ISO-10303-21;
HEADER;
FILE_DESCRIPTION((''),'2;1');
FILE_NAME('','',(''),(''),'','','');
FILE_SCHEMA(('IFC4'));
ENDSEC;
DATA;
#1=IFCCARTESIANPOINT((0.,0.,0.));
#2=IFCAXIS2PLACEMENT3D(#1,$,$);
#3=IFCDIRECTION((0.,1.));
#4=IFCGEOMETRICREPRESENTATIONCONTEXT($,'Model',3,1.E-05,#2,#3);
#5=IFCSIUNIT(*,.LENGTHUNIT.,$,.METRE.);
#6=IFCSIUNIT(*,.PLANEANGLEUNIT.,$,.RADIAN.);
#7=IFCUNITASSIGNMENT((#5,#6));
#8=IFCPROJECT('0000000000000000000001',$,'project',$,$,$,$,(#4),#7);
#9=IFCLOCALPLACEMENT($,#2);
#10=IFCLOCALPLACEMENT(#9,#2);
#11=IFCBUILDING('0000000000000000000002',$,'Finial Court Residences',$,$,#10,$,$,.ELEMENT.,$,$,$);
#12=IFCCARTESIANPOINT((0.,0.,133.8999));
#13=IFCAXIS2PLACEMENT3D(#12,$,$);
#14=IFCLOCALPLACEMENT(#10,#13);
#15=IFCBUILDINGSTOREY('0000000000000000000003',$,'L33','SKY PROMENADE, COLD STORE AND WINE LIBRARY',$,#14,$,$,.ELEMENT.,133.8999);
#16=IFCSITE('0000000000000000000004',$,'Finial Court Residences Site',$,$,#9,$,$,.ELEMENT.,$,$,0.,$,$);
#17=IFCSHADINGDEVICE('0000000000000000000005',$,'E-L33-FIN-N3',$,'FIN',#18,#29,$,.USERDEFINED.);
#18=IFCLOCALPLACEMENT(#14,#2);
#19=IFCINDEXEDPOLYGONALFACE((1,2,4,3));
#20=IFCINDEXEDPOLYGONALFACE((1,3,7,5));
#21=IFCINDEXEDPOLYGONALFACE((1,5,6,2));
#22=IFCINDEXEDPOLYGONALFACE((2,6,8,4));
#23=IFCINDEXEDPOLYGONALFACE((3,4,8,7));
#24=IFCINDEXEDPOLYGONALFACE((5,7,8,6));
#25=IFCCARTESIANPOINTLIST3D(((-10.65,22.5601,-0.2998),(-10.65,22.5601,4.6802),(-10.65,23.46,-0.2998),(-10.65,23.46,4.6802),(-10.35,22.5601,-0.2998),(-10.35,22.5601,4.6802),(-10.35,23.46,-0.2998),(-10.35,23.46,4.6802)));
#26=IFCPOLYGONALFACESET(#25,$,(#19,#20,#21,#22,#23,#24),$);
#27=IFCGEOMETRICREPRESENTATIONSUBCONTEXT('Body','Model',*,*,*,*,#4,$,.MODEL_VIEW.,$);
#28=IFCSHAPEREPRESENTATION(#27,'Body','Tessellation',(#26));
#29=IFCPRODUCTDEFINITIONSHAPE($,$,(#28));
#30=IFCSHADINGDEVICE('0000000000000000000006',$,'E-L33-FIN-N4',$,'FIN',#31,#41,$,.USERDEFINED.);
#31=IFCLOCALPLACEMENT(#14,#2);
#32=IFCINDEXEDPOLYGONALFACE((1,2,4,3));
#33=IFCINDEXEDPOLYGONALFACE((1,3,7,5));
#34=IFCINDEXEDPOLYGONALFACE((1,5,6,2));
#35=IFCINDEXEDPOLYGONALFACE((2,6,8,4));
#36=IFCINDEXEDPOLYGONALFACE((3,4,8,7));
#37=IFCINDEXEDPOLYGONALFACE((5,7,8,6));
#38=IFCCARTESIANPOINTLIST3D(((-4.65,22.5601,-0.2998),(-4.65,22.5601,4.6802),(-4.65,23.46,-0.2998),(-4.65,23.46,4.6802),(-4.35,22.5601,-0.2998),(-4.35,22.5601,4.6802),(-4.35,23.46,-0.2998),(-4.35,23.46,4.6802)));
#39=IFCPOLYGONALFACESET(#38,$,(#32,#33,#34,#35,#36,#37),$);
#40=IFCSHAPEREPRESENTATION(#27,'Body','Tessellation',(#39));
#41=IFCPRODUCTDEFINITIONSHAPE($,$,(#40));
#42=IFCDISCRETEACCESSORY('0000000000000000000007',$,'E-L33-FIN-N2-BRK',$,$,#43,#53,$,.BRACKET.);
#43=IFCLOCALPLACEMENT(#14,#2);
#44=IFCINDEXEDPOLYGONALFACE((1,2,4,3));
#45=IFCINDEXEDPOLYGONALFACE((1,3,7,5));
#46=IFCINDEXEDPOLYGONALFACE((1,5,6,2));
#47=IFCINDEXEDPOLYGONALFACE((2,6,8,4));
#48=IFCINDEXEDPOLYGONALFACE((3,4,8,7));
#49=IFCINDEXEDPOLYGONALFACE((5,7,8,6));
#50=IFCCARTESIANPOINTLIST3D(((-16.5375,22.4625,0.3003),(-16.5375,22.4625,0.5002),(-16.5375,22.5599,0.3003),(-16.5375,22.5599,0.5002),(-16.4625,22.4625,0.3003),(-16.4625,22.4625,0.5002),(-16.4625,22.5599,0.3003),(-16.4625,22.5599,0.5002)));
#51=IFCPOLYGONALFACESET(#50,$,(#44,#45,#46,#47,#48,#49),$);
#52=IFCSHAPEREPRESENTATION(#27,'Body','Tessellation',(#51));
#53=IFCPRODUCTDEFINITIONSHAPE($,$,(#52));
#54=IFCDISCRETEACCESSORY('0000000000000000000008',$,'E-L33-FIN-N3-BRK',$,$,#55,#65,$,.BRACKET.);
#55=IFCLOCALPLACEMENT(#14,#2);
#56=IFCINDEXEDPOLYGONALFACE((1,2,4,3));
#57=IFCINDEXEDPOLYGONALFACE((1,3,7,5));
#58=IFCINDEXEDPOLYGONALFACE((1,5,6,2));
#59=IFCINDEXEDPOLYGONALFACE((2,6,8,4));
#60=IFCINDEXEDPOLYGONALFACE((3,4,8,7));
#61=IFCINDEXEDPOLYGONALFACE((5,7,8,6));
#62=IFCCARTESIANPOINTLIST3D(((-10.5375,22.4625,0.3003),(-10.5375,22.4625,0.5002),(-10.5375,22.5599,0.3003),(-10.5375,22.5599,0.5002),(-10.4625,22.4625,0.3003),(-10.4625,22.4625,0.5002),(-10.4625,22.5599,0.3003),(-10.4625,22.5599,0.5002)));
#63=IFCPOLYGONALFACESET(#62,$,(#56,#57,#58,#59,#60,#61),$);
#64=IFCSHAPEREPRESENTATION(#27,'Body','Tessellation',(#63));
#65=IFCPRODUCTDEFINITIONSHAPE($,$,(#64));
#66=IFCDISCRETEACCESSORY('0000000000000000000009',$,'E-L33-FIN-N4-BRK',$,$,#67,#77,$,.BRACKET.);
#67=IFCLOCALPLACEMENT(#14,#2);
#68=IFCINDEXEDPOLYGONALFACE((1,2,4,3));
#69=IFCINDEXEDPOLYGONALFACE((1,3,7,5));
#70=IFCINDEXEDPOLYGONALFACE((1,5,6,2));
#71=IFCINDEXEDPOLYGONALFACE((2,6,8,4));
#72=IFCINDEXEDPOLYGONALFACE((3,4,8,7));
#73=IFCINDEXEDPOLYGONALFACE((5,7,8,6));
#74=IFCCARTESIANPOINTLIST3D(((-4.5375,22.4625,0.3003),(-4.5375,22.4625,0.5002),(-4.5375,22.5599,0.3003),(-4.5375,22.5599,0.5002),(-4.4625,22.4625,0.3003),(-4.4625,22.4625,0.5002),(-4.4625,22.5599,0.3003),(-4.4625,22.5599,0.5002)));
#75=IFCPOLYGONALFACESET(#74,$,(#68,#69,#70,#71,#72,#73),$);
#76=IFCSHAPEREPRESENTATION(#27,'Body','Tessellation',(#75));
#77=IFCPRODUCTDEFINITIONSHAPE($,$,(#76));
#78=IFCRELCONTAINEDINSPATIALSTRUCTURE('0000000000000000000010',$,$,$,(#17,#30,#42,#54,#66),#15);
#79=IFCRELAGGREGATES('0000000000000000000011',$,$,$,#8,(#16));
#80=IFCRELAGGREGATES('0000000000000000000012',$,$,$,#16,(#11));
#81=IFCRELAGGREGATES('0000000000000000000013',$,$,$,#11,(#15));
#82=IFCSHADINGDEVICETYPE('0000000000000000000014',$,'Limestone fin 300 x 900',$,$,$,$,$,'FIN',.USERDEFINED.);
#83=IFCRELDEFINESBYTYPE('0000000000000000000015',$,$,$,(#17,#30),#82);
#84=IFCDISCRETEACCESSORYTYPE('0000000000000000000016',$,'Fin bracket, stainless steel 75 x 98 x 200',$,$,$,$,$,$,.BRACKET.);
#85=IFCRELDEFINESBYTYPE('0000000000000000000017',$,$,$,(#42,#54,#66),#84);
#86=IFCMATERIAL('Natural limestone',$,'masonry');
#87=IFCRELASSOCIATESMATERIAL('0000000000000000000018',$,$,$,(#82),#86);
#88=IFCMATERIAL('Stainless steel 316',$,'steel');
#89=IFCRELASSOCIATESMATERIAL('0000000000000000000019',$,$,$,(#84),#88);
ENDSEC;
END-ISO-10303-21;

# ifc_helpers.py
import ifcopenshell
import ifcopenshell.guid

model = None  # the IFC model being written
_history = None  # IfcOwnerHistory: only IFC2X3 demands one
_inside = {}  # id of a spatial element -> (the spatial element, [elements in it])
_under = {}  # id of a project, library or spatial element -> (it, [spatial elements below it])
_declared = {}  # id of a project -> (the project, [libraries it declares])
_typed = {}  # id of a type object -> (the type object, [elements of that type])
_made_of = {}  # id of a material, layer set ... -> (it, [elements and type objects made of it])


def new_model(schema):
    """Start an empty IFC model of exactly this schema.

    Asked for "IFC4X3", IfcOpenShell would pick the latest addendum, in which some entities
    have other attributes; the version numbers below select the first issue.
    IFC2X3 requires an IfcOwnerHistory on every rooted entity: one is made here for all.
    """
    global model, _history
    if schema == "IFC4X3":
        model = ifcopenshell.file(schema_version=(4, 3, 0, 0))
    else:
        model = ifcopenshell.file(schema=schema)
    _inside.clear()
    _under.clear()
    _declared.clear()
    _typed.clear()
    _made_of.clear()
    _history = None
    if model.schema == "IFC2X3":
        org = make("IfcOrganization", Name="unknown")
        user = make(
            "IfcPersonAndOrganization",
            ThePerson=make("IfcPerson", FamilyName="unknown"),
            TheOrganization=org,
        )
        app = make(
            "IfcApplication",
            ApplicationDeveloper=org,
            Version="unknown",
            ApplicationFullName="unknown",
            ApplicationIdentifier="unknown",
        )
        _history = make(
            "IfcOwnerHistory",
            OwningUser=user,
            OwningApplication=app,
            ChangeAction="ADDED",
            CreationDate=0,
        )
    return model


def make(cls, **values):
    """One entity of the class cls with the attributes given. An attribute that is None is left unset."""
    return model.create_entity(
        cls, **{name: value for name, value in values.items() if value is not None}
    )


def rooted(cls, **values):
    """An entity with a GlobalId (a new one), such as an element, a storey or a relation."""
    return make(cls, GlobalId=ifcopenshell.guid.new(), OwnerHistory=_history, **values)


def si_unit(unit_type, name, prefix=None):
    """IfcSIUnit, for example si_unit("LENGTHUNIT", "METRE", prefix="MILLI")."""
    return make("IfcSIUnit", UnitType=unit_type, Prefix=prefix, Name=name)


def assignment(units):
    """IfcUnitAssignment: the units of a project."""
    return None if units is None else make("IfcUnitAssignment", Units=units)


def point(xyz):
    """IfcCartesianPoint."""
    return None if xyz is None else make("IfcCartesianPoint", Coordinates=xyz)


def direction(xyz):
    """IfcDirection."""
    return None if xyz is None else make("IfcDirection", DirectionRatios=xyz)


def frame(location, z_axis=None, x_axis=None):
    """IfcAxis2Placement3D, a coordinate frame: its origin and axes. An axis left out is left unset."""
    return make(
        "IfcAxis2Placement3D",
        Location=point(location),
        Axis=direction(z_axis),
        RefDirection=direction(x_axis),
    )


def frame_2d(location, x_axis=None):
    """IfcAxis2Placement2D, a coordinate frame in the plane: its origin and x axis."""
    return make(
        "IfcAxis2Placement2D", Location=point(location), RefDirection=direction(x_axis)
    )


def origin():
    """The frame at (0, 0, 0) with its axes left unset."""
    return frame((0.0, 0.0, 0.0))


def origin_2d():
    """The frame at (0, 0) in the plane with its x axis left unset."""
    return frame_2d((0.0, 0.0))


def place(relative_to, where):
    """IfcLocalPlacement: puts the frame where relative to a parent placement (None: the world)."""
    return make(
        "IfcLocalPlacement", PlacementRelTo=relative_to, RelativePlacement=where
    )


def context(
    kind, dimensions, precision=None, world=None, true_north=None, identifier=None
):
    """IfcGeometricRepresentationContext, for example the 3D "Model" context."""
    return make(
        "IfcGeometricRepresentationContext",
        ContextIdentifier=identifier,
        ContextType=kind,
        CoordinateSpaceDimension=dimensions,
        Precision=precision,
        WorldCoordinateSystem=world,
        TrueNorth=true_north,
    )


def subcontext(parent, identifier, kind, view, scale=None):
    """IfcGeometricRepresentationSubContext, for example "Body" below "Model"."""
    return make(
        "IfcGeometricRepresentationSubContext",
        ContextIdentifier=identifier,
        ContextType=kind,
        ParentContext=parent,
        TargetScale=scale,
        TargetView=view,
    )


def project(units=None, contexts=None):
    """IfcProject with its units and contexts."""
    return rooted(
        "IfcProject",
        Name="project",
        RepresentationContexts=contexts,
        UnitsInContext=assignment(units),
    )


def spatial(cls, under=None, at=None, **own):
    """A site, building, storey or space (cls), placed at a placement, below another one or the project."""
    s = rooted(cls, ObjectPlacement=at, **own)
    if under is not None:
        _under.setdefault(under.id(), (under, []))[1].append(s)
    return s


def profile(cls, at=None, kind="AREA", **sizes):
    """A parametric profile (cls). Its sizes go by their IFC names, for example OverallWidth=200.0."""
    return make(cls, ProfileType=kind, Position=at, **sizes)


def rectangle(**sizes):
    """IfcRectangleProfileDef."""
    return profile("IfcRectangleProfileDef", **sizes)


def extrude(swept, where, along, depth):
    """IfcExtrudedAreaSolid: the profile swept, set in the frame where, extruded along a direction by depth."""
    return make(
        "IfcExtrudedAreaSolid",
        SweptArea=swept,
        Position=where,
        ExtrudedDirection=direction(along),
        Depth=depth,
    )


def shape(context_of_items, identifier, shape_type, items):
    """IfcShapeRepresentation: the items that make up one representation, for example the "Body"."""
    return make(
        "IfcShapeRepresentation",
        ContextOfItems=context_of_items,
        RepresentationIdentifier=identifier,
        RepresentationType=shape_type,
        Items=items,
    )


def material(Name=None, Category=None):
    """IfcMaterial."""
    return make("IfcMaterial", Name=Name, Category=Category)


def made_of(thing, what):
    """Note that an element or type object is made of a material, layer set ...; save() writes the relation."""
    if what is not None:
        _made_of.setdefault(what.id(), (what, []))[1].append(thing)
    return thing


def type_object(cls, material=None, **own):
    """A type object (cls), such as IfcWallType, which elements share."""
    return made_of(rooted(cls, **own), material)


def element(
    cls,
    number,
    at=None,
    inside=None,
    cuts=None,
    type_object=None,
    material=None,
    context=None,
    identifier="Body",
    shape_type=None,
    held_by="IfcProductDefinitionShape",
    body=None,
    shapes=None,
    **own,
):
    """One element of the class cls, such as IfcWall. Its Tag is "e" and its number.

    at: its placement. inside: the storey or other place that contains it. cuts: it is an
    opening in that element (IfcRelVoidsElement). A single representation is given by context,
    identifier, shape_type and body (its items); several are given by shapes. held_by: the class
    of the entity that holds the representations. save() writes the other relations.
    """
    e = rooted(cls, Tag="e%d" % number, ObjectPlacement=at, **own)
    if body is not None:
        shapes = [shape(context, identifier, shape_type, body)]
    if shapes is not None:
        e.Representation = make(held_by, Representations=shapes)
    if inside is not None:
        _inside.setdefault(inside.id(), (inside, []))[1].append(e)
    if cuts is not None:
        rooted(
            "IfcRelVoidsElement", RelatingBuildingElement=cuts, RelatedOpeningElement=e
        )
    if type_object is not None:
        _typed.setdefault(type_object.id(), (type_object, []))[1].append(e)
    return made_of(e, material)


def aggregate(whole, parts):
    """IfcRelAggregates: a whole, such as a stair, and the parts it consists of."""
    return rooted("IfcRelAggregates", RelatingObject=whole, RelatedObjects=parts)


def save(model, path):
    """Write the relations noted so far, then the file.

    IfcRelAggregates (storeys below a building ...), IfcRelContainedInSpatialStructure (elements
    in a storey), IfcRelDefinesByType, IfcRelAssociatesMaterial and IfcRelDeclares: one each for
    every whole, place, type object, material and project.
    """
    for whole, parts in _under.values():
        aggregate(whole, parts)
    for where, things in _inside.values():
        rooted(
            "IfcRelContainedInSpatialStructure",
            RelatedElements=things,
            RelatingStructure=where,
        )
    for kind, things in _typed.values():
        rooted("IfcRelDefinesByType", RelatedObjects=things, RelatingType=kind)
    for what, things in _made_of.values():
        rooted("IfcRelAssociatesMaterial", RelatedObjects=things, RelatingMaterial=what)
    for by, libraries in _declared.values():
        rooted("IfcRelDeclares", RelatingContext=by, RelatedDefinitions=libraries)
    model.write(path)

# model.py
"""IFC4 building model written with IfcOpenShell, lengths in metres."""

from ifc_helpers import new_model, si_unit, direction, frame, origin, origin_2d, place, context, subcontext, project, spatial, rectangle, extrude, material, type_object, element, save


model = new_model("IFC4")

# Units and contexts
model_context = context("Model", 3, precision=1e-05, world=origin(), true_north=direction((0.0, 1.0)))
body_context = subcontext(model_context, "Body", "Model", "MODEL_VIEW")
ifc_project = project(units=[si_unit("LENGTHUNIT", "METRE"), si_unit("PLANEANGLEUNIT", "RADIAN")], contexts=[model_context])

# Site, building, storey
site_placement = place(None, origin())
site = spatial("IfcSite", under=ifc_project, at=site_placement, Name="Finial Court Residences Site", CompositionType="ELEMENT", RefElevation=0.0)
building_placement = place(site_placement, origin())
building = spatial("IfcBuilding", under=site, at=building_placement, Name="Finial Court Residences", CompositionType="ELEMENT")
storey_placement = place(building_placement, frame((0.0, 0.0, 133.8999)))
storey = spatial("IfcBuildingStorey", under=building, at=storey_placement, Name="L33", Description="SKY PROMENADE, COLD STORE AND WINE LIBRARY", CompositionType="ELEMENT", Elevation=133.8999)

# Shading devices
ifc_material_1 = material(Name="Natural limestone", Category="masonry")
shading_device_type = type_object("IfcShadingDeviceType", Name="Limestone fin 300 x 900", ElementType="FIN", PredefinedType="USERDEFINED", material=ifc_material_1)
for number, where, z_axis, x_axis, name in (
    (1, (-10.5, 23.01, -0.2998), (0.0, 0.0, 1.0), (1.0, 0.0, 0.0), "E-L33-FIN-N3"),
    (2, (-4.5, 23.01, -0.2998), (0.0, 0.0, 1.0), (1.0, 0.0, 0.0), "E-L33-FIN-N4"),
):
    element("IfcShadingDevice", number, at=place(storey_placement, frame(where, z_axis=z_axis, x_axis=x_axis)), inside=storey, type_object=shading_device_type, Name=name, ObjectType="FIN", PredefinedType="USERDEFINED", context=body_context, shape_type="SweptSolid", body=[
        extrude(rectangle(XDim=0.3, YDim=0.8999, at=origin_2d()), origin(), (0.0, 0.0, 1.0), 4.98),
    ])

# Discrete accessories
ifc_material_2 = material(Name="Stainless steel 316", Category="steel")
discrete_accessory_type = type_object("IfcDiscreteAccessoryType", Name="Fin bracket, stainless steel 75 x 98 x 200", PredefinedType="BRACKET", material=ifc_material_2)
for number, where, z_axis, x_axis, name in (
    (3, (-16.5, 22.5112, 0.3003), (0.0, 0.0, 1.0), (1.0, 0.0, 0.0), "E-L33-FIN-N2-BRK"),
    (4, (-10.5, 22.5112, 0.3003), (0.0, 0.0, 1.0), (1.0, 0.0, 0.0), "E-L33-FIN-N3-BRK"),
    (5, (-4.5, 22.5112, 0.3003), (0.0, 0.0, 1.0), (1.0, 0.0, 0.0), "E-L33-FIN-N4-BRK"),
):
    element("IfcDiscreteAccessory", number, at=place(storey_placement, frame(where, z_axis=z_axis, x_axis=x_axis)), inside=storey, type_object=discrete_accessory_type, Name=name, PredefinedType="BRACKET", context=body_context, shape_type="SweptSolid", body=[
        extrude(rectangle(XDim=0.075, YDim=0.0974, at=origin_2d()), origin(), (0.0, 0.0, 1.0), 0.2),
    ])

save(model, "model.ifc")
